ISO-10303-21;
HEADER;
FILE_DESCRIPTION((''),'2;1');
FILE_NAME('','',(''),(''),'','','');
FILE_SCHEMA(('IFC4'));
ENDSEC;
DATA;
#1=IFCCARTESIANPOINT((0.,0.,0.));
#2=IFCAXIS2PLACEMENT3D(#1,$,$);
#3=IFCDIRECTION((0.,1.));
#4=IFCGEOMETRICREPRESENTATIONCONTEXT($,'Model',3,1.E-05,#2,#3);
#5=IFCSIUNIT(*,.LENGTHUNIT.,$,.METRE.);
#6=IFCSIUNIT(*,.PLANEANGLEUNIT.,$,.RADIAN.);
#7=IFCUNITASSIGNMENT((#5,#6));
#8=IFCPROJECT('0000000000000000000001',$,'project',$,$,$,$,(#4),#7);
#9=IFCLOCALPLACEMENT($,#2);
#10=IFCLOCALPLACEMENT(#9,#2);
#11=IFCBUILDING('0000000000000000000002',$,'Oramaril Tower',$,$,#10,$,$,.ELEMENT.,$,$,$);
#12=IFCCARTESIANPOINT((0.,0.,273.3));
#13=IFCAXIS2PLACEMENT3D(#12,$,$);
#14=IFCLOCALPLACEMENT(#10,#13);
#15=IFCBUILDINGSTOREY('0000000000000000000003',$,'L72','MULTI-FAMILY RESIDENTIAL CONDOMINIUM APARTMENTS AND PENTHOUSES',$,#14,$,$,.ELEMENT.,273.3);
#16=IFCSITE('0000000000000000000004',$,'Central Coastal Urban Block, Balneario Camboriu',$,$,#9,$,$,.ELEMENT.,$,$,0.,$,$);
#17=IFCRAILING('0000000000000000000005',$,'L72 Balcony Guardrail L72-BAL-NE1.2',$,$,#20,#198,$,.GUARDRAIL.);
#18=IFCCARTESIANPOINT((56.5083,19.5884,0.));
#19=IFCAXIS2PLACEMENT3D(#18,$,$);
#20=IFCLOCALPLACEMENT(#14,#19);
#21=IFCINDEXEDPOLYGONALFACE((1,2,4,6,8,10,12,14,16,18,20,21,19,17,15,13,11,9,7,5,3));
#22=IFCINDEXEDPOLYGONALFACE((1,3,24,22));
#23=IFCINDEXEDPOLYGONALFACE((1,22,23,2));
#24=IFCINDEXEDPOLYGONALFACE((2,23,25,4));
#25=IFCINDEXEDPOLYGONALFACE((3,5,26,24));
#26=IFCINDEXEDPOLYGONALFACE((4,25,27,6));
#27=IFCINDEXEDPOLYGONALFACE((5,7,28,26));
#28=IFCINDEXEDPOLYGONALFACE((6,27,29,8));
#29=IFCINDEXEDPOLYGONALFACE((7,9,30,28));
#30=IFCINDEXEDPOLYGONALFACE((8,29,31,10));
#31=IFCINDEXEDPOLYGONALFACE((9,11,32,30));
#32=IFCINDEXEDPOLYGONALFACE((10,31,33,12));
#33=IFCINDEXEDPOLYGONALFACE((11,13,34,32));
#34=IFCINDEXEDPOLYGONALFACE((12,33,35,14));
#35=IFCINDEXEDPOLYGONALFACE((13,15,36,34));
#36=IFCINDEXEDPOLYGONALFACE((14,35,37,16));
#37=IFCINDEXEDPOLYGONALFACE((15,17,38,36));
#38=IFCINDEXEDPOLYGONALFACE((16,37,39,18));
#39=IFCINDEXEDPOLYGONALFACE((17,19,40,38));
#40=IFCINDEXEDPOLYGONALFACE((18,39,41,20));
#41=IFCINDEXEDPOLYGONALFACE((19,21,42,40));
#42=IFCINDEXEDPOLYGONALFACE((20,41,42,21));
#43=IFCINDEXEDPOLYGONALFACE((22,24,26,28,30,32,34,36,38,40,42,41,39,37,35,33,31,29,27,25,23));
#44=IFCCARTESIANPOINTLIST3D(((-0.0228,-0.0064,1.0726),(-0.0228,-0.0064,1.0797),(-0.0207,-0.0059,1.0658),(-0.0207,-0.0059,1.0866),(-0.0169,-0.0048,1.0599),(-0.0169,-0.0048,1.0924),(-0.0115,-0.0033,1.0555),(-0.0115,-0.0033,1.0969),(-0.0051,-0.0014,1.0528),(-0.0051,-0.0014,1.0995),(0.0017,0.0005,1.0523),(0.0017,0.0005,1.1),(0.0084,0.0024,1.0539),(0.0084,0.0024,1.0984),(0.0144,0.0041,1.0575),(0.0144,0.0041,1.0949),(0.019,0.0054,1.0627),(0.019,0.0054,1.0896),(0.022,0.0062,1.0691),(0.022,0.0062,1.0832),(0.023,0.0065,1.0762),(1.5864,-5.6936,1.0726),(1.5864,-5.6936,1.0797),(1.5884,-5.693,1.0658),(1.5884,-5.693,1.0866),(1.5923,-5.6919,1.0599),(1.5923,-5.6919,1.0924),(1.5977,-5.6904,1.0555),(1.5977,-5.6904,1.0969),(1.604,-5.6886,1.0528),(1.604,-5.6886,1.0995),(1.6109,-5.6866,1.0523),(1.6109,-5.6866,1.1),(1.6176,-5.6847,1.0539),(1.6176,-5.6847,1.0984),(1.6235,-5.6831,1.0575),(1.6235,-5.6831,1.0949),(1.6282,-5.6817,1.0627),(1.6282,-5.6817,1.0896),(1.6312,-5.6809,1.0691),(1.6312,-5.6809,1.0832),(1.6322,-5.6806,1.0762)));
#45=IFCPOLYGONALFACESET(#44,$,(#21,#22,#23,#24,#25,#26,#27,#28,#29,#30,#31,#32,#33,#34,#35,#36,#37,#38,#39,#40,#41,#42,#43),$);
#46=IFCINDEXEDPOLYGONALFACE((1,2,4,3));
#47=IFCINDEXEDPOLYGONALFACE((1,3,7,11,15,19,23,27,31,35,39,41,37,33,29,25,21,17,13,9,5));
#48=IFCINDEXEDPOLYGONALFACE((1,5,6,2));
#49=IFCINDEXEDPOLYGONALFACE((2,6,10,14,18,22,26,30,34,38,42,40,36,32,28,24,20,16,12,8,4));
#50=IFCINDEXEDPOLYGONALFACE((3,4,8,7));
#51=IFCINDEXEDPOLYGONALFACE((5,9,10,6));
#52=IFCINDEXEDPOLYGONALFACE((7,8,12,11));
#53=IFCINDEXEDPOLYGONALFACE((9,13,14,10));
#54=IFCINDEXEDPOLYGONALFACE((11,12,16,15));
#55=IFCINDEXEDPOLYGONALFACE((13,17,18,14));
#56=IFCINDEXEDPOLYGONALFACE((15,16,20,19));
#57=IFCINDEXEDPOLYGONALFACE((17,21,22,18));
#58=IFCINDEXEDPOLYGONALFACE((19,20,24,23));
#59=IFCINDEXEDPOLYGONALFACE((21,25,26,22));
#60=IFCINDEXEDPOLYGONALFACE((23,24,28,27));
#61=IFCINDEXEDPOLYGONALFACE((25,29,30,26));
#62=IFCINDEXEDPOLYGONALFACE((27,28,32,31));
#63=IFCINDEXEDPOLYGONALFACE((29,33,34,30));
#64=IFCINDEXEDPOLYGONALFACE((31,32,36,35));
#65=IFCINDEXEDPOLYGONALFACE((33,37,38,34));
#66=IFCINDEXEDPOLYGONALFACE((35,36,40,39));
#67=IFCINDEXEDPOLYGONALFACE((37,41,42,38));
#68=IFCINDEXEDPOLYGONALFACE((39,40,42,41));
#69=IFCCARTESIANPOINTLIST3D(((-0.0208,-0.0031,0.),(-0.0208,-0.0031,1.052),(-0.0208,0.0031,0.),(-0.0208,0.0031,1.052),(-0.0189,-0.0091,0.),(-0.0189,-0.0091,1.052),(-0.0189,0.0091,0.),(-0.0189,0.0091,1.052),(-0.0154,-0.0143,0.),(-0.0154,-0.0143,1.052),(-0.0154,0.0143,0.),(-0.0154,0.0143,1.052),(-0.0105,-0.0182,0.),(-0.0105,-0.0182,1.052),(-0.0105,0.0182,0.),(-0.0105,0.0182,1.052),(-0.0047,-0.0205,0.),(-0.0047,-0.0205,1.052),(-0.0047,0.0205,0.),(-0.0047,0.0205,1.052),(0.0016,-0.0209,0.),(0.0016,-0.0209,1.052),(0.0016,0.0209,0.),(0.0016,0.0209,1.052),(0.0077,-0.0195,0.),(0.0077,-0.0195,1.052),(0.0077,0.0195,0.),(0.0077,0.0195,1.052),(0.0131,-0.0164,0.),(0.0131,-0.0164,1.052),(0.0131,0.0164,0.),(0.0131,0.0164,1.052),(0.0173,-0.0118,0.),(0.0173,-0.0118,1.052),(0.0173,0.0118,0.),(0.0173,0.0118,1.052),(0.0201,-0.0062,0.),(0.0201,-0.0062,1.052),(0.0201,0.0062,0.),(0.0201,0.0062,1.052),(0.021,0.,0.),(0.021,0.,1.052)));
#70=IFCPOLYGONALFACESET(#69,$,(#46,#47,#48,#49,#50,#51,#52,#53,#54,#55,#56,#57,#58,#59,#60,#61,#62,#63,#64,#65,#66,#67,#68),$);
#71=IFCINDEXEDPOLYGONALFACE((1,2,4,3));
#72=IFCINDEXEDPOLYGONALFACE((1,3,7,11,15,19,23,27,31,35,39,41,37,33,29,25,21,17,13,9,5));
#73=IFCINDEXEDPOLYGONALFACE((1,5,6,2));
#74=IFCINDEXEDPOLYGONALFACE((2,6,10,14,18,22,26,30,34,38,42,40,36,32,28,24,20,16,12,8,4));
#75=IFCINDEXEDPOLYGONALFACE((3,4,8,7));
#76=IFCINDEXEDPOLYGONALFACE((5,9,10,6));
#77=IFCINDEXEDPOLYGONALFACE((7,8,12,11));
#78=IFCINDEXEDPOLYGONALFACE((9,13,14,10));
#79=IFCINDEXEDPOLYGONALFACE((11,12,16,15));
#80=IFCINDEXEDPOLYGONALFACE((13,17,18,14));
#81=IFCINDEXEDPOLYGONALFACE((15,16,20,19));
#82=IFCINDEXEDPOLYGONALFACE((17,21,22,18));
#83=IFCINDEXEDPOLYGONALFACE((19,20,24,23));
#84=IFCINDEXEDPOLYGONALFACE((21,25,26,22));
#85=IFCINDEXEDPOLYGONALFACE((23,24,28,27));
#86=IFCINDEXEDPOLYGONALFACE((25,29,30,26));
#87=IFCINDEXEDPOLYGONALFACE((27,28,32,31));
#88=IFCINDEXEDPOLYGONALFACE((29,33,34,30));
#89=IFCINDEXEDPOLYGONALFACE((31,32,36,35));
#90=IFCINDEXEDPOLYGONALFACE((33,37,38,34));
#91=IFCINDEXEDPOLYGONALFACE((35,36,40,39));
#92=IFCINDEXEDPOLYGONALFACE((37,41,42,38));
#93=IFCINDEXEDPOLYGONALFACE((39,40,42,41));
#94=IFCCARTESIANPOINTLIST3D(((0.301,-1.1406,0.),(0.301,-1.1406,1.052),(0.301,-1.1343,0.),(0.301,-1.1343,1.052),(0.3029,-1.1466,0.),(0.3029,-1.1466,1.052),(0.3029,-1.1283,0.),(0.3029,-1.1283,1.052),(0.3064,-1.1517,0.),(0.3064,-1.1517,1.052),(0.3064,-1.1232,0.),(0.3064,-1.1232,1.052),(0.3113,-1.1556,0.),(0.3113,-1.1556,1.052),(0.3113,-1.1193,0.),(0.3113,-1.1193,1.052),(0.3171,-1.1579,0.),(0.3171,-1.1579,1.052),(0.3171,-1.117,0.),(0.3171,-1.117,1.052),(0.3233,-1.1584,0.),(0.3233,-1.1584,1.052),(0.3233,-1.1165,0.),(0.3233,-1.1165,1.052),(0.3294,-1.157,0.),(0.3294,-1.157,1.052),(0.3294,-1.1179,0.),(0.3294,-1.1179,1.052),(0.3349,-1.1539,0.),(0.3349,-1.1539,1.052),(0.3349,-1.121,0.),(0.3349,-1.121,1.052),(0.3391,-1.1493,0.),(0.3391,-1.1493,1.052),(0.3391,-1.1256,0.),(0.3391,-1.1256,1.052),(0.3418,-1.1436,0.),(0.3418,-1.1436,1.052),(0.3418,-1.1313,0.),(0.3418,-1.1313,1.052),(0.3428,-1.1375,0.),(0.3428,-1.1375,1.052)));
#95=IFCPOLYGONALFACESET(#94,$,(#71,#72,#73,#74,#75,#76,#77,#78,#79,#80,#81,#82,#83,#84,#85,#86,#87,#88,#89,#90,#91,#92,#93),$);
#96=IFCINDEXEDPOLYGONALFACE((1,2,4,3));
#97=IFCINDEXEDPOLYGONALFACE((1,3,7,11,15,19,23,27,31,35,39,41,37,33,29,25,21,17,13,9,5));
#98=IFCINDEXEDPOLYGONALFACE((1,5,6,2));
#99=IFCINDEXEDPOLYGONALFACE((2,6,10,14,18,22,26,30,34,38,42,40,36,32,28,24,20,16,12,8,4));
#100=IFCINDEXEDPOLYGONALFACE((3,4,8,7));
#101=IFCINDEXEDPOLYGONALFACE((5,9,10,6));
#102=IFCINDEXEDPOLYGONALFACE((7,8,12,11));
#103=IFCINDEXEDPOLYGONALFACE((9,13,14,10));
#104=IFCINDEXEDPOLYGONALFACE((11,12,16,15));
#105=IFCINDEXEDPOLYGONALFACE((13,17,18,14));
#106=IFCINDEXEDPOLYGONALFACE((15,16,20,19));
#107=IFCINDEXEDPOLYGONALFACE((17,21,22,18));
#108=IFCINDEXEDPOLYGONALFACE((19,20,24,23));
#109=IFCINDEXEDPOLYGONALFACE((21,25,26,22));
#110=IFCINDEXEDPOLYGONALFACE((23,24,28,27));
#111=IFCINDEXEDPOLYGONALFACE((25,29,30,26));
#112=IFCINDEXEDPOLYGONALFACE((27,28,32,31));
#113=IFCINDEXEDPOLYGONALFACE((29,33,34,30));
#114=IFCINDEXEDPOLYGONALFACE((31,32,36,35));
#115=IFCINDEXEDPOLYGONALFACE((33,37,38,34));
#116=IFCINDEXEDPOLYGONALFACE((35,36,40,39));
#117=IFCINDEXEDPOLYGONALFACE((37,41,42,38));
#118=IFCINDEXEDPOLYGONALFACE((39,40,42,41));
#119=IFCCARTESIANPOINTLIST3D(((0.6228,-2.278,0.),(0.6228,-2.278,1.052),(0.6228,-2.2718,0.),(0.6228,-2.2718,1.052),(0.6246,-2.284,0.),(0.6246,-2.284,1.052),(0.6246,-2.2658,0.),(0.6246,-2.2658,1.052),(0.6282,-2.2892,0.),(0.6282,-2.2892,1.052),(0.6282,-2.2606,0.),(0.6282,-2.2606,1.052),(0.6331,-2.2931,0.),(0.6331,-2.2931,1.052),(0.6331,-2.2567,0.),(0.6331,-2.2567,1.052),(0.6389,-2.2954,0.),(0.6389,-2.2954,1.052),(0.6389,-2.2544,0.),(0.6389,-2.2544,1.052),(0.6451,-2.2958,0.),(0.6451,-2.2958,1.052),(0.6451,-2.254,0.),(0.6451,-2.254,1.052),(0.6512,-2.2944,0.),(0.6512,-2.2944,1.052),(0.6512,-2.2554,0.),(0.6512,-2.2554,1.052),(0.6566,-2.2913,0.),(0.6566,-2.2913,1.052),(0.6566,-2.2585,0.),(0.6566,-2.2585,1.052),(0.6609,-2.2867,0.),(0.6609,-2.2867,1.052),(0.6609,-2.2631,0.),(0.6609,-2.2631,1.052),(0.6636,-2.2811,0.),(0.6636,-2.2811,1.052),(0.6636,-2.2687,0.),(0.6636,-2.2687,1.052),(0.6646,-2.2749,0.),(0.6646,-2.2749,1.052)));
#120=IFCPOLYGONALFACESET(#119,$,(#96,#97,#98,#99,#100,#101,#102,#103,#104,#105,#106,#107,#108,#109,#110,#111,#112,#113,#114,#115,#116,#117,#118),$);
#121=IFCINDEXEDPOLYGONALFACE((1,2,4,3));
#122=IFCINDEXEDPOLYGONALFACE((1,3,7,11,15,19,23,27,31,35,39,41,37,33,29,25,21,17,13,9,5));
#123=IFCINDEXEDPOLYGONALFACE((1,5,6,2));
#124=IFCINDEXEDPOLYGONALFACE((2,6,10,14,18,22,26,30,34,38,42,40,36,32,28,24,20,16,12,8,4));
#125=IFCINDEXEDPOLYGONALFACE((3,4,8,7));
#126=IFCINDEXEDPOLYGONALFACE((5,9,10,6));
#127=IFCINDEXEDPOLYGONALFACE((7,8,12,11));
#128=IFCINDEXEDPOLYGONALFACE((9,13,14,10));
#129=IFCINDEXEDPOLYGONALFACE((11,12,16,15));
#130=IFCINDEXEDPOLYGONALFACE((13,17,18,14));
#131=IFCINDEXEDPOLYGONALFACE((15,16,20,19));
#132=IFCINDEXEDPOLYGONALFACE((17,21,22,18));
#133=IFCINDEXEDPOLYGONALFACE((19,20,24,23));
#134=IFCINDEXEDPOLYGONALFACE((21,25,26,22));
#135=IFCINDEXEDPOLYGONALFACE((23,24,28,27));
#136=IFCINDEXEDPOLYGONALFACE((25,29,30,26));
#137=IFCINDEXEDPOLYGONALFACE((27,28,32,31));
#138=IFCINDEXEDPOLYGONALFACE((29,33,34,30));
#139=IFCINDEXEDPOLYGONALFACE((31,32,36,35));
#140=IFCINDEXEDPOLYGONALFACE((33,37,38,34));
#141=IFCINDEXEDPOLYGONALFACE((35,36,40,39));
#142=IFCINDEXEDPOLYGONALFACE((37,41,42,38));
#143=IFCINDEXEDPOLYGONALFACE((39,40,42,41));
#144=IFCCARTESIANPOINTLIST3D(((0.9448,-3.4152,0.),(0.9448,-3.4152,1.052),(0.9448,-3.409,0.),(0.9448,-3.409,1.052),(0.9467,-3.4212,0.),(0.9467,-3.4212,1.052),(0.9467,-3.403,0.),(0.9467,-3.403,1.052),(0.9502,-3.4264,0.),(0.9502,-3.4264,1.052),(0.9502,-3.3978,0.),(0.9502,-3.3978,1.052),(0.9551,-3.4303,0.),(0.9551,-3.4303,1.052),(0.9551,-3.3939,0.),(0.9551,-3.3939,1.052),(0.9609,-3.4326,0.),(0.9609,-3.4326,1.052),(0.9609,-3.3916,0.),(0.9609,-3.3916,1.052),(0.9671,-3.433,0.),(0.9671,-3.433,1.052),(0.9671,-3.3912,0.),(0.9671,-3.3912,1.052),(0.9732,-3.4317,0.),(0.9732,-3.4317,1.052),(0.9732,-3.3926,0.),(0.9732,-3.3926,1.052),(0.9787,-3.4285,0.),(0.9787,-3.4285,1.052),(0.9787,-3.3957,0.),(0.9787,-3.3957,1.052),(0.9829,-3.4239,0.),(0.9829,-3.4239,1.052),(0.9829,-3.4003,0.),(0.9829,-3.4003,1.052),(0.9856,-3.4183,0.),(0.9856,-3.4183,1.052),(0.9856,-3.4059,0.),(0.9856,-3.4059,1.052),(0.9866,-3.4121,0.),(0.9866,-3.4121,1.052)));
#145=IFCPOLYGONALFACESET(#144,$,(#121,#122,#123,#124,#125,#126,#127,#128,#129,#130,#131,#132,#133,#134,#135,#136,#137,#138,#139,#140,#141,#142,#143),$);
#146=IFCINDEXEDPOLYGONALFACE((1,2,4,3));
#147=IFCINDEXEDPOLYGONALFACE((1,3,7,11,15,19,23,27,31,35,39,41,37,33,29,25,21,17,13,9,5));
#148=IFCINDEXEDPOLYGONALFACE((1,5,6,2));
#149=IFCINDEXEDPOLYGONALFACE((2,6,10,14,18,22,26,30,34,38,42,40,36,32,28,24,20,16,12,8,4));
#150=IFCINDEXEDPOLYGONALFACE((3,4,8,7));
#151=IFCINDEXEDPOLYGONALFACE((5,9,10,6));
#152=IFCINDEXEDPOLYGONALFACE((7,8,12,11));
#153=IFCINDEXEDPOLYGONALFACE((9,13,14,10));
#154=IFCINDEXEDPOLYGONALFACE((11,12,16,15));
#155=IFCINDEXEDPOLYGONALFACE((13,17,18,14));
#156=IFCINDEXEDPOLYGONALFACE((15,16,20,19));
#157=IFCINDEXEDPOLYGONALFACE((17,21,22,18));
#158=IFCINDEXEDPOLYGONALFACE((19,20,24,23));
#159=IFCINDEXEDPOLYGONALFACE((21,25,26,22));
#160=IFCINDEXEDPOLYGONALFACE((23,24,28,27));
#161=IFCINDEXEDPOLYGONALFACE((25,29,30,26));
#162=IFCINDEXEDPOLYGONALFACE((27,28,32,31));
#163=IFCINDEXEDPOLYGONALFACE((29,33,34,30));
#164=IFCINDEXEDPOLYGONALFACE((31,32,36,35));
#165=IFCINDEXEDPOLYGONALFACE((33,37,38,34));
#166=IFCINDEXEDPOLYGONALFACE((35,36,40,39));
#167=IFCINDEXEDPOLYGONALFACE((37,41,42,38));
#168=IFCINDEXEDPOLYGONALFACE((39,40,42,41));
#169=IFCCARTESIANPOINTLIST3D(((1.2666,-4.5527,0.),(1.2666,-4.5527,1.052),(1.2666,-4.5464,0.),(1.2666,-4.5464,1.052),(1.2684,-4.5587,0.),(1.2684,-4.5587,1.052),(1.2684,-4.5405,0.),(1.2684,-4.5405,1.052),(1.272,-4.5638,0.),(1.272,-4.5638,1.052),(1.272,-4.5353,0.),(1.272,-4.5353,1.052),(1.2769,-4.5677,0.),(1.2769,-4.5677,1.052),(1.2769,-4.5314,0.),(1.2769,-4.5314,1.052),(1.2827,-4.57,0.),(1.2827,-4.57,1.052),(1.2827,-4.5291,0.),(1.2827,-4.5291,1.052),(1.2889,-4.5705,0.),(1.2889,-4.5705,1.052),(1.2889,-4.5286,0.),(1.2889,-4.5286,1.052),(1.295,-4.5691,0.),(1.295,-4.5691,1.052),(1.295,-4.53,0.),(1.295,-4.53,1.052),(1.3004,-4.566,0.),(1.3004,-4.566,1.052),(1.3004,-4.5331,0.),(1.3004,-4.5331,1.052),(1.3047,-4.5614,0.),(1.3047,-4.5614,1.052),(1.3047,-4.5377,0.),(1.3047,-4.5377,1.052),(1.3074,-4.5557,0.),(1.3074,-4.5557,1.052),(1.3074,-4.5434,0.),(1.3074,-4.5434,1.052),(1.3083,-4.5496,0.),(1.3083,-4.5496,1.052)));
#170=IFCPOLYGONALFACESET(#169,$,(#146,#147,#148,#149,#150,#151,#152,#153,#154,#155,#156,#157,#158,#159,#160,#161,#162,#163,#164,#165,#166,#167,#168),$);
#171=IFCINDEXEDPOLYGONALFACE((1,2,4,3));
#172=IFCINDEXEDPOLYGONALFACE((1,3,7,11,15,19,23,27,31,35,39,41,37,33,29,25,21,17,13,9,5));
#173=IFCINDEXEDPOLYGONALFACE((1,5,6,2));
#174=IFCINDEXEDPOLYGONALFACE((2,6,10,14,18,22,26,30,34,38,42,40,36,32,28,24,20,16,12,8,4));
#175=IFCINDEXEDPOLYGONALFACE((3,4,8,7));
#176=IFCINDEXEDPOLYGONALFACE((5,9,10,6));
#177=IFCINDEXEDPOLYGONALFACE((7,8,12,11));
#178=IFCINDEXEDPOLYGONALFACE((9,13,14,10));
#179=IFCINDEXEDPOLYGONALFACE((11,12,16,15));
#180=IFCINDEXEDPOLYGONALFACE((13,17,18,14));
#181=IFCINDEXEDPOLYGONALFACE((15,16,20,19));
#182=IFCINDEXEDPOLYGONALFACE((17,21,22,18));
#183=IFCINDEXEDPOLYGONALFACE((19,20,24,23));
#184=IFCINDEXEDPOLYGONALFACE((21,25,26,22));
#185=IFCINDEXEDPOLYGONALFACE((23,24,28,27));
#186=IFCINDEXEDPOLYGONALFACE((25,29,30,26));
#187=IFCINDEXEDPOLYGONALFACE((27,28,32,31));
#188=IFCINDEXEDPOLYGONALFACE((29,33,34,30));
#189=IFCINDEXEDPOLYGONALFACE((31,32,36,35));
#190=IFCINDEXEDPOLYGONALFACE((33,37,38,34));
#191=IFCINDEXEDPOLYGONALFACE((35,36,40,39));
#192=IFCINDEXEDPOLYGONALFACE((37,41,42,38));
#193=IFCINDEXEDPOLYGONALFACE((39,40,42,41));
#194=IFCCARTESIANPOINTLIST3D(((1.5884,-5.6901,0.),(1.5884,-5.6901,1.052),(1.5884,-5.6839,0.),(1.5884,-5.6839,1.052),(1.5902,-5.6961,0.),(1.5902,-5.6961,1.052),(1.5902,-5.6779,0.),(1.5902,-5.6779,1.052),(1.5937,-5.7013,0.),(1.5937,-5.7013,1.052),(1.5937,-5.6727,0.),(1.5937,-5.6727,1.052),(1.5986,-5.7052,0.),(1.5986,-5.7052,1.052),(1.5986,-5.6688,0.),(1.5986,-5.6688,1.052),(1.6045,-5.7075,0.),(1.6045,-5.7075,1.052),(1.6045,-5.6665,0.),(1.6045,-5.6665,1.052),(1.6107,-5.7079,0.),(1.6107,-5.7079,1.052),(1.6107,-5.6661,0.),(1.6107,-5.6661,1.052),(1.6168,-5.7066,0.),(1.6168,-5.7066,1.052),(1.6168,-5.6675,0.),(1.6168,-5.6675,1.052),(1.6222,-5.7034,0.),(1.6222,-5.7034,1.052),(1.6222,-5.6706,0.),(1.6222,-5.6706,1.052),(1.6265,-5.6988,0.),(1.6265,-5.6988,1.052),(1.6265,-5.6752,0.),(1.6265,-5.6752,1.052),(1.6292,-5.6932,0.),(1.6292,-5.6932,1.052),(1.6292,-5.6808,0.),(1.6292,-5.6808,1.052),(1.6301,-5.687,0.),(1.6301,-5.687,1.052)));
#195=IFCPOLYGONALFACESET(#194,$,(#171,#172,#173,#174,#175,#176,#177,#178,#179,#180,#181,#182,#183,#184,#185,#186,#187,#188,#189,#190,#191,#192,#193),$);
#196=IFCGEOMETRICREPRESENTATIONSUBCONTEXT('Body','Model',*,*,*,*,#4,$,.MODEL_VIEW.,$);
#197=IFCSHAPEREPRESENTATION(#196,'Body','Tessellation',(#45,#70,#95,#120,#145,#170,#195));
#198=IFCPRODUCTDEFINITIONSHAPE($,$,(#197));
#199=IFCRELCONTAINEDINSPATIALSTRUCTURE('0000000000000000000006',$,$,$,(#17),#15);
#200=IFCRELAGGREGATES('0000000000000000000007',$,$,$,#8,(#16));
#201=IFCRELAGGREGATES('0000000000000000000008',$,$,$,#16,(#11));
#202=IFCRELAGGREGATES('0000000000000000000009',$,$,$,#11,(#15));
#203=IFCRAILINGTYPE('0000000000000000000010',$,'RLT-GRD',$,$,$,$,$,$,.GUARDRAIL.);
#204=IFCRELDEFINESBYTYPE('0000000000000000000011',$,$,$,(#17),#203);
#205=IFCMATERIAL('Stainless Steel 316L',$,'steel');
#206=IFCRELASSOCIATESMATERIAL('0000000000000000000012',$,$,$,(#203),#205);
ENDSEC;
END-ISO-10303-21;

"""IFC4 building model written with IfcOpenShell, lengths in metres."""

from ifc_helpers import new_model, si_unit, direction, frame, origin, origin_2d, place, context, subcontext, project, spatial, circle, extrude, material, type_object, element, save


model = new_model("IFC4")

# Units and contexts
model_context = context("Model", 3, precision=1e-05, world=origin(), true_north=direction((0.0, 1.0)))
body_context = subcontext(model_context, "Body", "Model", "MODEL_VIEW")
ifc_project = project(units=[si_unit("LENGTHUNIT", "METRE"), si_unit("PLANEANGLEUNIT", "RADIAN")], contexts=[model_context])

# Site, building, storey
site_placement = place(None, origin())
site = spatial("IfcSite", under=ifc_project, at=site_placement, Name="Central Coastal Urban Block, Balneario Camboriu", CompositionType="ELEMENT", RefElevation=0.0)
building_placement = place(site_placement, origin())
building = spatial("IfcBuilding", under=site, at=building_placement, Name="Oramaril Tower", CompositionType="ELEMENT")
storey_placement = place(building_placement, frame((0.0, 0.0, 273.3)))
storey = spatial("IfcBuildingStorey", under=building, at=storey_placement, Name="L72", Description="MULTI-FAMILY RESIDENTIAL CONDOMINIUM APARTMENTS AND PENTHOUSES", CompositionType="ELEMENT", Elevation=273.3)

# Railing
ifc_material_1 = material(Name="Stainless Steel 316L", Category="steel")
railing_type = type_object("IfcRailingType", Name="RLT-GRD", PredefinedType="GUARDRAIL", material=ifc_material_1)
railing_1_placement = place(storey_placement, frame((56.5083, 19.5884, 0.0)))
element("IfcRailing", 1, at=railing_1_placement, inside=storey, type_object=railing_type, Name="L72 Balcony Guardrail L72-BAL-NE1.2", PredefinedType="GUARDRAIL", context=body_context, shape_type="SweptSolid", body=[
    extrude(circle(Radius=0.0239, at=origin_2d()), frame((0.0, 0.0, 1.0762), z_axis=(0.27226, -0.962224, 0.0), x_axis=(0.962224, 0.27226, 0.0)), (0.0, 0.0, 1.0), 5.9104),
    extrude(circle(Radius=0.021, at=origin_2d()), origin(), (0.0, 0.0, 1.0), 1.052),
    extrude(circle(Radius=0.021, at=origin_2d()), frame((0.3218, -1.1375, 0.0)), (0.0, 0.0, 1.0), 1.052),
    extrude(circle(Radius=0.021, at=origin_2d()), frame((0.6436, -2.2749, 0.0)), (0.0, 0.0, 1.0), 1.052),
    extrude(circle(Radius=0.021, at=origin_2d()), frame((0.9656, -3.4121, 0.0)), (0.0, 0.0, 1.0), 1.052),
    extrude(circle(Radius=0.021, at=origin_2d()), frame((1.2874, -4.5496, 0.0)), (0.0, 0.0, 1.0), 1.052),
    extrude(circle(Radius=0.021, at=origin_2d()), frame((1.6091, -5.687, 0.0)), (0.0, 0.0, 1.0), 1.052),
])

save(model, "model.ifc")
